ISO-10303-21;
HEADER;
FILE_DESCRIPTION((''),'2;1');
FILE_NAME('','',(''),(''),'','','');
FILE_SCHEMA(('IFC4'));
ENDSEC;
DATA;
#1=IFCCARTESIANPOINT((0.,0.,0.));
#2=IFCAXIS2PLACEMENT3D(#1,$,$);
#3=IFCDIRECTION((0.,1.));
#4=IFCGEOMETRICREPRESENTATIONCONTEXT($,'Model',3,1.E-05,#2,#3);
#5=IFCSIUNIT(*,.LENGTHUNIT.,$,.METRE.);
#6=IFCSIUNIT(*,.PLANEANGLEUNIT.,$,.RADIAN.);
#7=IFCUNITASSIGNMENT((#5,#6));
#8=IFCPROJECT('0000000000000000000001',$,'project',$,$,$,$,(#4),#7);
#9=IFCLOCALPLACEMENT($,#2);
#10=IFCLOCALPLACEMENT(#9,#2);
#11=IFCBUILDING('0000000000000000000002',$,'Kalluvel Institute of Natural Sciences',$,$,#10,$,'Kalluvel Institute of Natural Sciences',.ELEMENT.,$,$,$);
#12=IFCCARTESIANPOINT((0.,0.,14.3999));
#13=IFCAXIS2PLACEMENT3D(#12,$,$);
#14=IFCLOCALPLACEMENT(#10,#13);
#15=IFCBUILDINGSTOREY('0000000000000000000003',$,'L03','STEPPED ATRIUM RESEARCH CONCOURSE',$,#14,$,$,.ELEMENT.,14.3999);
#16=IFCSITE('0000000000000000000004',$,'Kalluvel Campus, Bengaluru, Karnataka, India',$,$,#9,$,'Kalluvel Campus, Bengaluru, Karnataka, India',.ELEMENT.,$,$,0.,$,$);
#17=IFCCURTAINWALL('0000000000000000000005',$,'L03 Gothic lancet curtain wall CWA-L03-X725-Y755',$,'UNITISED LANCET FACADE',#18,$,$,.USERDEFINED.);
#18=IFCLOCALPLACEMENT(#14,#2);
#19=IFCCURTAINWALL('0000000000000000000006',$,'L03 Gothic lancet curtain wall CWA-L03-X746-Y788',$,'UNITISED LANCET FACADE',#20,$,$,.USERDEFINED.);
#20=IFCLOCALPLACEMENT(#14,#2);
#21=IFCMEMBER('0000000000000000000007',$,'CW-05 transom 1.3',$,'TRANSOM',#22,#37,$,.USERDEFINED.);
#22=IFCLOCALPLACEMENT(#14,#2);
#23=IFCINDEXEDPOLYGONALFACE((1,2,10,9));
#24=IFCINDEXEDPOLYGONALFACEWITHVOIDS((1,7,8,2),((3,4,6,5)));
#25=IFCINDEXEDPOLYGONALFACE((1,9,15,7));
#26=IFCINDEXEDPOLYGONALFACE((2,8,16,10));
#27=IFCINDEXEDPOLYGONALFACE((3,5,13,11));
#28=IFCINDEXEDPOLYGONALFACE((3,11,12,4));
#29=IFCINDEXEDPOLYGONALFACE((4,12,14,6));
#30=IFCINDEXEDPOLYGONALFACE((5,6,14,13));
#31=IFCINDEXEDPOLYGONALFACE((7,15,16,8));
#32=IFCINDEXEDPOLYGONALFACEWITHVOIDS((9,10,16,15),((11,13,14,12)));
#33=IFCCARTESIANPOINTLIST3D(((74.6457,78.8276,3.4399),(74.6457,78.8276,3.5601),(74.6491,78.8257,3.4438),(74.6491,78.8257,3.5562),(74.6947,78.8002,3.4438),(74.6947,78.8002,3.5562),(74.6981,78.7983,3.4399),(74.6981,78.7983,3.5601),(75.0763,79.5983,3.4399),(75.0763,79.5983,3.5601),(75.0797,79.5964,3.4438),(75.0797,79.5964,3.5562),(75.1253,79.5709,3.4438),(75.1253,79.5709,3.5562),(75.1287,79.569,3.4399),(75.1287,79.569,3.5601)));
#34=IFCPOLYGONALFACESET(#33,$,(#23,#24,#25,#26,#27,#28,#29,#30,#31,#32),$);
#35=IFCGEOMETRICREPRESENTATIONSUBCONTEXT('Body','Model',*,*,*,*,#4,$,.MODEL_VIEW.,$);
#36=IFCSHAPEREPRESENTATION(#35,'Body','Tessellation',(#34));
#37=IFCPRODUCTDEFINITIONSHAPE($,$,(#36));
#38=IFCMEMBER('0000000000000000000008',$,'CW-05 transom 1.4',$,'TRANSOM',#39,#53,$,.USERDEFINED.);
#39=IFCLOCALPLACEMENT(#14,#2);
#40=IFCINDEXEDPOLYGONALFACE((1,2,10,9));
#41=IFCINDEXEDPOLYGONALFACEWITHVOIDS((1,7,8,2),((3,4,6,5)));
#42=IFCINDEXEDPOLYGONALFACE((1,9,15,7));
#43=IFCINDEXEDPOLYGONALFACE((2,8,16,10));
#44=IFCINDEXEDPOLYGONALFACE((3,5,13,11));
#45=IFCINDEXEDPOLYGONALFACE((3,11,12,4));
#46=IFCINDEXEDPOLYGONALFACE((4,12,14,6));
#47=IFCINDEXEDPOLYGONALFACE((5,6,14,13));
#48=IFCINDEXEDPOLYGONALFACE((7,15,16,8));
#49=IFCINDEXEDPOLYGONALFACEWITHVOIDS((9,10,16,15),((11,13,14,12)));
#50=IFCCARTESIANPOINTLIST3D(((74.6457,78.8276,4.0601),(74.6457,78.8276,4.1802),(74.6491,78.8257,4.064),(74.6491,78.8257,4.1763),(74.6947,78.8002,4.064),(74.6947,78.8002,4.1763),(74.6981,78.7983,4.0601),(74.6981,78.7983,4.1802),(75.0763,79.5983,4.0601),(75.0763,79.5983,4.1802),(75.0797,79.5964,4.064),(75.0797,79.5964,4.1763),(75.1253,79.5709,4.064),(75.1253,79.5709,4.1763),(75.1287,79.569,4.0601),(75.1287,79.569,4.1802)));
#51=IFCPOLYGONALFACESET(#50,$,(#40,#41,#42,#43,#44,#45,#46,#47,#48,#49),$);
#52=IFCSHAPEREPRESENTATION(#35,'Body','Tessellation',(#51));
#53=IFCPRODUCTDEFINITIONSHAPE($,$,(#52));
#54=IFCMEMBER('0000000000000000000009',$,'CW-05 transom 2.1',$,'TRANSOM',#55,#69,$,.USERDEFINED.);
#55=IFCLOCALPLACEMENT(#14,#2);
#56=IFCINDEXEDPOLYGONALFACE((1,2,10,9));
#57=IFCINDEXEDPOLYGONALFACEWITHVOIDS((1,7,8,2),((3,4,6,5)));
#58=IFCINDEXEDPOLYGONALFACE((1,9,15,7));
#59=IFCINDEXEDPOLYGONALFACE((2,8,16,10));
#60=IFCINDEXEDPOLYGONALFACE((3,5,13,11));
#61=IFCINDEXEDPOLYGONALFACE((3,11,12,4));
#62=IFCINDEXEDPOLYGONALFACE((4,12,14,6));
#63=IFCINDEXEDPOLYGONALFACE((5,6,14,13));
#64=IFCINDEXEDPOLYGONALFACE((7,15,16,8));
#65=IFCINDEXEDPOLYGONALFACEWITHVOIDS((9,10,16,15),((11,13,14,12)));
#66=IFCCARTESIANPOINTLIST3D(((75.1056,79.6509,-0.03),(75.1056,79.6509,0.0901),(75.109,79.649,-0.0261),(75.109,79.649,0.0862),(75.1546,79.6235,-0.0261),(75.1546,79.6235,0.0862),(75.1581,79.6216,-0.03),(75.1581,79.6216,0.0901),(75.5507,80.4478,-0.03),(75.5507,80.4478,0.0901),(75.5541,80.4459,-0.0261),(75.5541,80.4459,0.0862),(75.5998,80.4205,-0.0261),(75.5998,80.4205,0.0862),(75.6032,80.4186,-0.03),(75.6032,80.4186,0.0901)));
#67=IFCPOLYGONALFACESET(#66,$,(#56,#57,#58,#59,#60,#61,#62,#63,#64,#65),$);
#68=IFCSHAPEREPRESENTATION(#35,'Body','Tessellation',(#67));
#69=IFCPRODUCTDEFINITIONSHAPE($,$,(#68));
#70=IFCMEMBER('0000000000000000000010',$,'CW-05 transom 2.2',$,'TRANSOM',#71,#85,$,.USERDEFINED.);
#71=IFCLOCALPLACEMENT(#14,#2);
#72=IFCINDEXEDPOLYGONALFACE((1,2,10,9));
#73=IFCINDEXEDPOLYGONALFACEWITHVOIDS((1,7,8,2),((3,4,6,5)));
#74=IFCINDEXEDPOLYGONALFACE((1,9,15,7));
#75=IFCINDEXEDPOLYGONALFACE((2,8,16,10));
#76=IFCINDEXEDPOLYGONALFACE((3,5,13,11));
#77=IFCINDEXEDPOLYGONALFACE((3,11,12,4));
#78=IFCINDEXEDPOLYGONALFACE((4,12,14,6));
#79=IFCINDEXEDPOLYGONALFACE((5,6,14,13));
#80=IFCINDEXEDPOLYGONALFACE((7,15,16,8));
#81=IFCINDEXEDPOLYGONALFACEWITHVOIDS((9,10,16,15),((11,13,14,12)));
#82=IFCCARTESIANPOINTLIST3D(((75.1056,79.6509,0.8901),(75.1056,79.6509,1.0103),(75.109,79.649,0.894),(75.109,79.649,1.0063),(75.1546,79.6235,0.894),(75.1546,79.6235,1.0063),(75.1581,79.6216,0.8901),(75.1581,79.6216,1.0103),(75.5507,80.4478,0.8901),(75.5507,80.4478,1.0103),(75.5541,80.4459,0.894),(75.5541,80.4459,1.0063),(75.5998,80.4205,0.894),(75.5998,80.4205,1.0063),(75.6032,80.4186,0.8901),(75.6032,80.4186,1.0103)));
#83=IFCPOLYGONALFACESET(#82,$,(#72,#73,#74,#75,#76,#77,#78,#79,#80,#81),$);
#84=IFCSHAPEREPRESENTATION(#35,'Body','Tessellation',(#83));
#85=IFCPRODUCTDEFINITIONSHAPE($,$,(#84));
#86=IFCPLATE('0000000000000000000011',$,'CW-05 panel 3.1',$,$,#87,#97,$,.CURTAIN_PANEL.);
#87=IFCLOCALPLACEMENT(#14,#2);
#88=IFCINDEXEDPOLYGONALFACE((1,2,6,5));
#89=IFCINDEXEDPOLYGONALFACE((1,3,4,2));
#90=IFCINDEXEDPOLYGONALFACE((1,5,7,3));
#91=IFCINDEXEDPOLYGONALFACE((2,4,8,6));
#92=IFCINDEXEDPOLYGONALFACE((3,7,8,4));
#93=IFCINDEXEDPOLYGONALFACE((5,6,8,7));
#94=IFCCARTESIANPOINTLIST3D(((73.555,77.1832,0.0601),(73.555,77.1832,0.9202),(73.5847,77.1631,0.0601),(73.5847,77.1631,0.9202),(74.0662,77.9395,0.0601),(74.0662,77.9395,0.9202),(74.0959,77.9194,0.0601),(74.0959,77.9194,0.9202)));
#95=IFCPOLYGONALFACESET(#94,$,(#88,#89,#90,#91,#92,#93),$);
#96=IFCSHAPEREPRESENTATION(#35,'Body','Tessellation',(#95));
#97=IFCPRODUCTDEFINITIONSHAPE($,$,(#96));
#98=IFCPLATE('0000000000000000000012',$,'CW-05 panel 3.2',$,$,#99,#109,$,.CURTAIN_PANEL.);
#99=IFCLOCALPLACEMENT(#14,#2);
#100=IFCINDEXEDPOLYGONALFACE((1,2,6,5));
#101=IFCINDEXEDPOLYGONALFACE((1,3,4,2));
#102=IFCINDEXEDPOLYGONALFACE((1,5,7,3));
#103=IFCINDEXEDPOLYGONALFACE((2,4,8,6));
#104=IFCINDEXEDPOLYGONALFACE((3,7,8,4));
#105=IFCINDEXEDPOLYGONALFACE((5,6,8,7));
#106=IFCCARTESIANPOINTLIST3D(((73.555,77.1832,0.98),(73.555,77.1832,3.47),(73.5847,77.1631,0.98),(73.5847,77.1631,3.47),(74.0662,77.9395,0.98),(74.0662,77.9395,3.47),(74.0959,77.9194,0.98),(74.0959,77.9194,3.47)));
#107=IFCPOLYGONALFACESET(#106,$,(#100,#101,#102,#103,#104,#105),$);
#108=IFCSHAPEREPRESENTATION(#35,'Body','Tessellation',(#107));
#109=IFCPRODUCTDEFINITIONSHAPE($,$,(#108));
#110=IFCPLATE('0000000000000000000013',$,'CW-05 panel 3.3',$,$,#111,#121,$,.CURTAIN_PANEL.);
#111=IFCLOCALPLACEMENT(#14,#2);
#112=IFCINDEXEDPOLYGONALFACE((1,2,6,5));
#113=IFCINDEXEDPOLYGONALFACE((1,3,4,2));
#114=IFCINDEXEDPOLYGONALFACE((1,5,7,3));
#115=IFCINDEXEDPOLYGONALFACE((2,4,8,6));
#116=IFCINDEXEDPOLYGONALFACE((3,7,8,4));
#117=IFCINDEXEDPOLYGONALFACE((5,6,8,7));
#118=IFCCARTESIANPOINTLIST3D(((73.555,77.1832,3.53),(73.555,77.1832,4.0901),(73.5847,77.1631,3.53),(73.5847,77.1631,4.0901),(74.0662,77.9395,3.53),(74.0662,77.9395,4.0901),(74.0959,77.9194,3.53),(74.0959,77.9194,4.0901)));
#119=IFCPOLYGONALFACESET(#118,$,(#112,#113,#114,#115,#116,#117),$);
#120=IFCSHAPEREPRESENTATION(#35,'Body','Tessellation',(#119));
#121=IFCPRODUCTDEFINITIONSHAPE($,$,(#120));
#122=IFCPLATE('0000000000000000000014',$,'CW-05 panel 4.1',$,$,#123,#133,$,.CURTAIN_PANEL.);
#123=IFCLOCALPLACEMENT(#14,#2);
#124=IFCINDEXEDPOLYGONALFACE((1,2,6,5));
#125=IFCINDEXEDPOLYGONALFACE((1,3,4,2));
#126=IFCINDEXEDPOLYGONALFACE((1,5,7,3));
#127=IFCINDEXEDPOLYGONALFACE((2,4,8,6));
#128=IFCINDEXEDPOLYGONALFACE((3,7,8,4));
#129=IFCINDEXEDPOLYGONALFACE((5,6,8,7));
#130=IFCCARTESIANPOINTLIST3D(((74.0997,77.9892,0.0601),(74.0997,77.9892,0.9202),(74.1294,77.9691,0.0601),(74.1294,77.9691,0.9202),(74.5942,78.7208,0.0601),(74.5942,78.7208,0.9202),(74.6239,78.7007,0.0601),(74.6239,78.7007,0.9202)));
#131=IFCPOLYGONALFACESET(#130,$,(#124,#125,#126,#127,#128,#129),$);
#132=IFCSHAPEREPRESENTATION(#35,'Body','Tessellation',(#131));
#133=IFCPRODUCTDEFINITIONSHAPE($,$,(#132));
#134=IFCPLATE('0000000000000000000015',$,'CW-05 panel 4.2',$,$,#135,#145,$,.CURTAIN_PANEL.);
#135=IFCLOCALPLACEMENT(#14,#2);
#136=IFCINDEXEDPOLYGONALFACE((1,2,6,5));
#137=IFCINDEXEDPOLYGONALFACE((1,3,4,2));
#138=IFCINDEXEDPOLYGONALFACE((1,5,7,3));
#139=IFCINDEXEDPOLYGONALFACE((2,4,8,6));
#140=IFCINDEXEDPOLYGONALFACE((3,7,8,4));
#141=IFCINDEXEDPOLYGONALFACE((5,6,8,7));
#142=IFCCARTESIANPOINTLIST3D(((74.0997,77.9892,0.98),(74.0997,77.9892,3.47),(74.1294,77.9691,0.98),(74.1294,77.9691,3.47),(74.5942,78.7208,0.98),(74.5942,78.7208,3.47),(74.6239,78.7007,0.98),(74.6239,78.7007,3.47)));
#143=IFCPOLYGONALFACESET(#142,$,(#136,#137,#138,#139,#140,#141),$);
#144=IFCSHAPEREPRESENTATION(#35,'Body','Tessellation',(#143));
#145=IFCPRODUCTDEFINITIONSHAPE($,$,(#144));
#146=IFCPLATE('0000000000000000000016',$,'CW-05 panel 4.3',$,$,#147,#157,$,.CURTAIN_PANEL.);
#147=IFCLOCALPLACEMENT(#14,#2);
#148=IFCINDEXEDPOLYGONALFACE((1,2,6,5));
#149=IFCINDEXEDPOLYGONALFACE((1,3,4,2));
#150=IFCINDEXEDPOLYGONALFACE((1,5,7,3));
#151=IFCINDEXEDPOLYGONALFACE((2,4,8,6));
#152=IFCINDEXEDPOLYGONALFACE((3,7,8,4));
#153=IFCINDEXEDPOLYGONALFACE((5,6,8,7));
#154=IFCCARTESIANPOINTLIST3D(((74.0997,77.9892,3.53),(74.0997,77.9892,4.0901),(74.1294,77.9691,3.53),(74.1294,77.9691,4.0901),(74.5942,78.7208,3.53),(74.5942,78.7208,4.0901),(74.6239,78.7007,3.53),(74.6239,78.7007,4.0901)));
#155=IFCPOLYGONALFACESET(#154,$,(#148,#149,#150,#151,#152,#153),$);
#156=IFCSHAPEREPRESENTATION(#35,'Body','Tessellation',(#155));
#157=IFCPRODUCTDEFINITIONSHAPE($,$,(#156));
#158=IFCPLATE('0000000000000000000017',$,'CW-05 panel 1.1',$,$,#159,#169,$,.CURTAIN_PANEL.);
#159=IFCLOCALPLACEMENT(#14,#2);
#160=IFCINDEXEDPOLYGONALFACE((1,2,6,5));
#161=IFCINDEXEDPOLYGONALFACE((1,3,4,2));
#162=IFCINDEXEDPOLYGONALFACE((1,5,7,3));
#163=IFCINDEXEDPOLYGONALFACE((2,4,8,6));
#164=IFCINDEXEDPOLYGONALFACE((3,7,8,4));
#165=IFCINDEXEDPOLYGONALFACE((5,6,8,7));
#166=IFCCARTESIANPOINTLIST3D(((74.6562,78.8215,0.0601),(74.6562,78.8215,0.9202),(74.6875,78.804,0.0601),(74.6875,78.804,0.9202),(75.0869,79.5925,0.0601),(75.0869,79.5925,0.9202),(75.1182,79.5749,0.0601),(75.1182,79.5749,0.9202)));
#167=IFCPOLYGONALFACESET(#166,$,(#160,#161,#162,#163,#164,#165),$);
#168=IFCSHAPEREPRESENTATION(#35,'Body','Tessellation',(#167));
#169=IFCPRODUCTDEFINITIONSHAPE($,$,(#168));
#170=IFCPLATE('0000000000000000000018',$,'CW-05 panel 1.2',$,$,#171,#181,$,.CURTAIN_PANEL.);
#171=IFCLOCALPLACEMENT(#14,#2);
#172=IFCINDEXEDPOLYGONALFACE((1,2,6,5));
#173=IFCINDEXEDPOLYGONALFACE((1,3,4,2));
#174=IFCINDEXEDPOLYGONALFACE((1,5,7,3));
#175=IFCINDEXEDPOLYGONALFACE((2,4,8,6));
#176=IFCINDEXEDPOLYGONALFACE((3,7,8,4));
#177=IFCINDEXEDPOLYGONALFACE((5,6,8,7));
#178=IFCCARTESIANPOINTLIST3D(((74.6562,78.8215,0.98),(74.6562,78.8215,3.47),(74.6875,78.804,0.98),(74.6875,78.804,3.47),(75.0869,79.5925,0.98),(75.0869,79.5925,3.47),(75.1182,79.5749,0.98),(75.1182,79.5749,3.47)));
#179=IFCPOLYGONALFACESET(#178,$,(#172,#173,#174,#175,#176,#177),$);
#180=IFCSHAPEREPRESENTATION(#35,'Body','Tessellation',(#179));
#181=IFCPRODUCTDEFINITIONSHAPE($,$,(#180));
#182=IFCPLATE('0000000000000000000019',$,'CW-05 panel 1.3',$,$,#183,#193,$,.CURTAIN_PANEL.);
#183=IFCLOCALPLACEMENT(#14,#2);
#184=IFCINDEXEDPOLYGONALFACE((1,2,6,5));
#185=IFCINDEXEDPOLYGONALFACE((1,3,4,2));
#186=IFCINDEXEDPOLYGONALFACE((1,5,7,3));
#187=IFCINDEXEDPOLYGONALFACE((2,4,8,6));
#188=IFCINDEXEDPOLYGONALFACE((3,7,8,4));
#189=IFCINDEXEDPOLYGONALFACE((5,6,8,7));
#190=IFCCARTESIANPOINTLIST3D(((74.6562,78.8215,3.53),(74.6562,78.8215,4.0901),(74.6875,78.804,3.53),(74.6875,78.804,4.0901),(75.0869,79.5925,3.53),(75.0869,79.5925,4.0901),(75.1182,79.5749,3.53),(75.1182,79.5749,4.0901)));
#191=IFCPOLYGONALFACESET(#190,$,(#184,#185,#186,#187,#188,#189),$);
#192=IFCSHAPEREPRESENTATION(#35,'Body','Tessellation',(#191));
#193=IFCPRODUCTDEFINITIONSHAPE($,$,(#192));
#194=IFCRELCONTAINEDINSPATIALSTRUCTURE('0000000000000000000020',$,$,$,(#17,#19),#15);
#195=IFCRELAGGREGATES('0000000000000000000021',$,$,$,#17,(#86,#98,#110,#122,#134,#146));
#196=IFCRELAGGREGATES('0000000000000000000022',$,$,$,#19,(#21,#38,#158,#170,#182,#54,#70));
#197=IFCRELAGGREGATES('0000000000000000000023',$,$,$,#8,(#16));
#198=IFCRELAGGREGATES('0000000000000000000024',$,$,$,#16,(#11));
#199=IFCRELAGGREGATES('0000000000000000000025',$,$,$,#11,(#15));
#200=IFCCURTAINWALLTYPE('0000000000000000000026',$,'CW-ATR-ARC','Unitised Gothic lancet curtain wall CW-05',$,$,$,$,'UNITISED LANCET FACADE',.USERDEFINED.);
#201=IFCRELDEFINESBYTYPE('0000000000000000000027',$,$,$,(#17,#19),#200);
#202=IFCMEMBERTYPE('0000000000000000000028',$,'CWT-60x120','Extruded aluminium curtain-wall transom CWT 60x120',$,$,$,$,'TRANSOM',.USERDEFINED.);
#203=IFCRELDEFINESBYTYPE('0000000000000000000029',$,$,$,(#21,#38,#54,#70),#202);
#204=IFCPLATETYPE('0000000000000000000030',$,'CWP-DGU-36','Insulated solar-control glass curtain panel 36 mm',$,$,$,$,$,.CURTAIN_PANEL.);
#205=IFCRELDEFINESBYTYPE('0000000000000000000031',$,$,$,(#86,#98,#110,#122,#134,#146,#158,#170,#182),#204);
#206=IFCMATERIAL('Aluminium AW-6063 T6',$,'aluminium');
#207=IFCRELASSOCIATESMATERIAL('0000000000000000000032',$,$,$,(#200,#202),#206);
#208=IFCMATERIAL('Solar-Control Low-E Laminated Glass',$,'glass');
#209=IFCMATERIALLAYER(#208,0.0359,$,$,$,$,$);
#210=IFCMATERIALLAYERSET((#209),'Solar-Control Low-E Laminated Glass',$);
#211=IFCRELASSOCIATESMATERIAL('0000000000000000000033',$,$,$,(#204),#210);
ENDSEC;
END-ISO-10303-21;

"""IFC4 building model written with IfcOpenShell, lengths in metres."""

from ifc_helpers import new_model, si_unit, direction, frame, origin, origin_2d, place, context, subcontext, project, spatial, rectangle, hollow_rectangle, extrude, material, layer, layer_set, material_profile, profile_set, type_object, element, aggregate, save


model = new_model("IFC4")

# Units and contexts
model_context = context("Model", 3, precision=1e-05, world=origin(), true_north=direction((0.0, 1.0)))
body_context = subcontext(model_context, "Body", "Model", "MODEL_VIEW")
ifc_project = project(units=[si_unit("LENGTHUNIT", "METRE"), si_unit("PLANEANGLEUNIT", "RADIAN")], contexts=[model_context])

# Site, building, storey
site_placement = place(None, origin())
site = spatial("IfcSite", under=ifc_project, at=site_placement, Name="Kalluvel Campus, Bengaluru, Karnataka, India", LongName="Kalluvel Campus, Bengaluru, Karnataka, India", CompositionType="ELEMENT", RefElevation=0.0)
building_placement = place(site_placement, origin())
building = spatial("IfcBuilding", under=site, at=building_placement, Name="Kalluvel Institute of Natural Sciences", LongName="Kalluvel Institute of Natural Sciences", CompositionType="ELEMENT")
storey_placement = place(building_placement, frame((0.0, 0.0, 14.3999)))
storey = spatial("IfcBuildingStorey", under=building, at=storey_placement, Name="L03", Description="STEPPED ATRIUM RESEARCH CONCOURSE", CompositionType="ELEMENT", Elevation=14.3999)

# Curtain walls
ifc_material_1 = material(Name="Aluminium AW-6063 T6", Category="aluminium")
curtain_wall_type = type_object("IfcCurtainWallType", Name="CW-ATR-ARC", Description="Unitised Gothic lancet curtain wall CW-05", ElementType="UNITISED LANCET FACADE", PredefinedType="USERDEFINED", material=ifc_material_1)
curtain_wall_1_placement = place(storey_placement, origin())
curtain_wall_1 = element("IfcCurtainWall", 1, at=curtain_wall_1_placement, inside=storey, type_object=curtain_wall_type, Name="L03 Gothic lancet curtain wall CWA-L03-X725-Y755", ObjectType="UNITISED LANCET FACADE", PredefinedType="USERDEFINED")
curtain_wall_2_placement = place(storey_placement, origin())
curtain_wall_2 = element("IfcCurtainWall", 2, at=curtain_wall_2_placement, inside=storey, type_object=curtain_wall_type, Name="L03 Gothic lancet curtain wall CWA-L03-X746-Y788", ObjectType="UNITISED LANCET FACADE", PredefinedType="USERDEFINED")

# Members
ifc_material_profile_1 = material_profile(ifc_material_1, hollow_rectangle(XDim=0.0601, YDim=0.1201, WallThickness=0.0039, at=origin_2d()), Name="CWT 60x120")
ifc_profile_set_1 = profile_set([ifc_material_profile_1], Name="Aluminium AW-6063 T6")
member_type_1 = type_object("IfcMemberType", Name="CWT-60x120", Description="Extruded aluminium curtain-wall transom CWT 60x120", ElementType="TRANSOM", PredefinedType="USERDEFINED", material=ifc_profile_set_1)
member_1_placement = place(storey_placement, frame((74.6719, 78.813, 3.5), z_axis=(0.487778, 0.872968, 0.0), x_axis=(-0.872968, 0.487778, 0.0)))
member_1 = element("IfcMember", 3, at=member_1_placement, type_object=member_type_1, Name="CW-05 transom 1.3", ObjectType="TRANSOM", PredefinedType="USERDEFINED", context=body_context, shape_type="SweptSolid", body=[
    extrude(hollow_rectangle(XDim=0.0601, YDim=0.1201, WallThickness=0.0039, at=origin_2d()), origin(), (0.0, 0.0, 1.0), 0.8828),
])
member_2_placement = place(storey_placement, frame((74.6719, 78.813, 4.1201), z_axis=(0.487778, 0.872968, 0.0), x_axis=(-0.872968, 0.487778, 0.0)))
member_2 = element("IfcMember", 4, at=member_2_placement, type_object=member_type_1, Name="CW-05 transom 1.4", ObjectType="TRANSOM", PredefinedType="USERDEFINED", context=body_context, shape_type="SweptSolid", body=[
    extrude(hollow_rectangle(XDim=0.0601, YDim=0.1201, WallThickness=0.0039, at=origin_2d()), origin(), (0.0, 0.0, 1.0), 0.8828),
])
member_3_placement = place(storey_placement, frame((75.1318, 79.6362, 0.03), z_axis=(0.487618, 0.873057, 0.0), x_axis=(-0.873057, 0.487618, 0.0)))
member_3 = element("IfcMember", 5, at=member_3_placement, type_object=member_type_1, Name="CW-05 transom 2.1", ObjectType="TRANSOM", PredefinedType="USERDEFINED", context=body_context, shape_type="SweptSolid", body=[
    extrude(hollow_rectangle(XDim=0.0601, YDim=0.1201, WallThickness=0.0039, at=origin_2d()), origin(), (0.0, 0.0, 1.0), 0.9128),
])
member_4_placement = place(storey_placement, frame((75.1318, 79.6362, 0.9502), z_axis=(0.487618, 0.873057, 0.0), x_axis=(-0.873057, 0.487618, 0.0)))
member_4 = element("IfcMember", 6, at=member_4_placement, type_object=member_type_1, Name="CW-05 transom 2.2", ObjectType="TRANSOM", PredefinedType="USERDEFINED", context=body_context, shape_type="SweptSolid", body=[
    extrude(hollow_rectangle(XDim=0.0601, YDim=0.1201, WallThickness=0.0039, at=origin_2d()), origin(), (0.0, 0.0, 1.0), 0.9128),
])

# Plates
ifc_material_2 = material(Name="Solar-Control Low-E Laminated Glass", Category="glass")
ifc_layer_1 = layer(ifc_material_2, 0.0359)
ifc_layer_set_1 = layer_set([ifc_layer_1], Name="Solar-Control Low-E Laminated Glass")
plate_type = type_object("IfcPlateType", Name="CWP-DGU-36", Description="Insulated solar-control glass curtain panel 36 mm", PredefinedType="CURTAIN_PANEL", material=ifc_layer_set_1)
plate_1_placement = place(storey_placement, frame((73.8254, 77.5513, 0.0601), z_axis=(0.0, 0.0, 1.0), x_axis=(0.559972, 0.828511, 0.0)))
plate_1 = element("IfcPlate", 7, at=plate_1_placement, type_object=plate_type, Name="CW-05 panel 3.1", PredefinedType="CURTAIN_PANEL", context=body_context, shape_type="SweptSolid", body=[
    extrude(rectangle(XDim=0.9128, YDim=0.0359, at=origin_2d()), origin(), (0.0, 0.0, 1.0), 0.8601),
])
plate_2_placement = place(storey_placement, frame((73.8254, 77.5513, 0.98), z_axis=(0.0, 0.0, 1.0), x_axis=(0.559972, 0.828511, 0.0)))
plate_2 = element("IfcPlate", 8, at=plate_2_placement, type_object=plate_type, Name="CW-05 panel 3.2", PredefinedType="CURTAIN_PANEL", context=body_context, shape_type="SweptSolid", body=[
    extrude(rectangle(XDim=0.9128, YDim=0.0359, at=origin_2d()), origin(), (0.0, 0.0, 1.0), 2.49),
])
plate_3_placement = place(storey_placement, frame((73.8254, 77.5513, 3.53), z_axis=(0.0, 0.0, 1.0), x_axis=(0.559972, 0.828511, 0.0)))
plate_3 = element("IfcPlate", 9, at=plate_3_placement, type_object=plate_type, Name="CW-05 panel 3.3", PredefinedType="CURTAIN_PANEL", context=body_context, shape_type="SweptSolid", body=[
    extrude(rectangle(XDim=0.9128, YDim=0.0359, at=origin_2d()), origin(), (0.0, 0.0, 1.0), 0.5601),
])
plate_4_placement = place(storey_placement, frame((74.3618, 78.345, 0.0601), z_axis=(0.0, 0.0, 1.0), x_axis=(0.559972, 0.828511, 0.0)))
plate_4 = element("IfcPlate", 10, at=plate_4_placement, type_object=plate_type, Name="CW-05 panel 4.1", PredefinedType="CURTAIN_PANEL", context=body_context, shape_type="SweptSolid", body=[
    extrude(rectangle(XDim=0.8831, YDim=0.0359, at=origin_2d()), origin(), (0.0, 0.0, 1.0), 0.8601),
])
plate_5_placement = place(storey_placement, frame((74.3618, 78.345, 0.98), z_axis=(0.0, 0.0, 1.0), x_axis=(0.559972, 0.828511, 0.0)))
plate_5 = element("IfcPlate", 11, at=plate_5_placement, type_object=plate_type, Name="CW-05 panel 4.2", PredefinedType="CURTAIN_PANEL", context=body_context, shape_type="SweptSolid", body=[
    extrude(rectangle(XDim=0.8831, YDim=0.0359, at=origin_2d()), origin(), (0.0, 0.0, 1.0), 2.49),
])
plate_6_placement = place(storey_placement, frame((74.3618, 78.345, 3.53), z_axis=(0.0, 0.0, 1.0), x_axis=(0.559972, 0.828511, 0.0)))
plate_6 = element("IfcPlate", 12, at=plate_6_placement, type_object=plate_type, Name="CW-05 panel 4.3", PredefinedType="CURTAIN_PANEL", context=body_context, shape_type="SweptSolid", body=[
    extrude(rectangle(XDim=0.8831, YDim=0.0359, at=origin_2d()), origin(), (0.0, 0.0, 1.0), 0.5601),
])
aggregate(curtain_wall_1, [plate_1, plate_2, plate_3, plate_4, plate_5, plate_6])
plate_7_placement = place(storey_placement, frame((74.8872, 79.1982, 0.0601), z_axis=(0.0, 0.0, 1.0), x_axis=(0.487701, 0.873011, 0.0)))
plate_7 = element("IfcPlate", 13, at=plate_7_placement, type_object=plate_type, Name="CW-05 panel 1.1", PredefinedType="CURTAIN_PANEL", context=body_context, shape_type="SweptSolid", body=[
    extrude(rectangle(XDim=0.8831, YDim=0.0359, at=origin_2d()), origin(), (0.0, 0.0, 1.0), 0.8601),
])
plate_8_placement = place(storey_placement, frame((74.8872, 79.1982, 0.98), z_axis=(0.0, 0.0, 1.0), x_axis=(0.487701, 0.873011, 0.0)))
plate_8 = element("IfcPlate", 14, at=plate_8_placement, type_object=plate_type, Name="CW-05 panel 1.2", PredefinedType="CURTAIN_PANEL", context=body_context, shape_type="SweptSolid", body=[
    extrude(rectangle(XDim=0.8831, YDim=0.0359, at=origin_2d()), origin(), (0.0, 0.0, 1.0), 2.49),
])
plate_9_placement = place(storey_placement, frame((74.8872, 79.1982, 3.53), z_axis=(0.0, 0.0, 1.0), x_axis=(0.487701, 0.873011, 0.0)))
plate_9 = element("IfcPlate", 15, at=plate_9_placement, type_object=plate_type, Name="CW-05 panel 1.3", PredefinedType="CURTAIN_PANEL", context=body_context, shape_type="SweptSolid", body=[
    extrude(rectangle(XDim=0.8831, YDim=0.0359, at=origin_2d()), origin(), (0.0, 0.0, 1.0), 0.5601),
])
aggregate(curtain_wall_2, [member_1, member_2, plate_7, plate_8, plate_9, member_3, member_4])

save(model, "model.ifc")
